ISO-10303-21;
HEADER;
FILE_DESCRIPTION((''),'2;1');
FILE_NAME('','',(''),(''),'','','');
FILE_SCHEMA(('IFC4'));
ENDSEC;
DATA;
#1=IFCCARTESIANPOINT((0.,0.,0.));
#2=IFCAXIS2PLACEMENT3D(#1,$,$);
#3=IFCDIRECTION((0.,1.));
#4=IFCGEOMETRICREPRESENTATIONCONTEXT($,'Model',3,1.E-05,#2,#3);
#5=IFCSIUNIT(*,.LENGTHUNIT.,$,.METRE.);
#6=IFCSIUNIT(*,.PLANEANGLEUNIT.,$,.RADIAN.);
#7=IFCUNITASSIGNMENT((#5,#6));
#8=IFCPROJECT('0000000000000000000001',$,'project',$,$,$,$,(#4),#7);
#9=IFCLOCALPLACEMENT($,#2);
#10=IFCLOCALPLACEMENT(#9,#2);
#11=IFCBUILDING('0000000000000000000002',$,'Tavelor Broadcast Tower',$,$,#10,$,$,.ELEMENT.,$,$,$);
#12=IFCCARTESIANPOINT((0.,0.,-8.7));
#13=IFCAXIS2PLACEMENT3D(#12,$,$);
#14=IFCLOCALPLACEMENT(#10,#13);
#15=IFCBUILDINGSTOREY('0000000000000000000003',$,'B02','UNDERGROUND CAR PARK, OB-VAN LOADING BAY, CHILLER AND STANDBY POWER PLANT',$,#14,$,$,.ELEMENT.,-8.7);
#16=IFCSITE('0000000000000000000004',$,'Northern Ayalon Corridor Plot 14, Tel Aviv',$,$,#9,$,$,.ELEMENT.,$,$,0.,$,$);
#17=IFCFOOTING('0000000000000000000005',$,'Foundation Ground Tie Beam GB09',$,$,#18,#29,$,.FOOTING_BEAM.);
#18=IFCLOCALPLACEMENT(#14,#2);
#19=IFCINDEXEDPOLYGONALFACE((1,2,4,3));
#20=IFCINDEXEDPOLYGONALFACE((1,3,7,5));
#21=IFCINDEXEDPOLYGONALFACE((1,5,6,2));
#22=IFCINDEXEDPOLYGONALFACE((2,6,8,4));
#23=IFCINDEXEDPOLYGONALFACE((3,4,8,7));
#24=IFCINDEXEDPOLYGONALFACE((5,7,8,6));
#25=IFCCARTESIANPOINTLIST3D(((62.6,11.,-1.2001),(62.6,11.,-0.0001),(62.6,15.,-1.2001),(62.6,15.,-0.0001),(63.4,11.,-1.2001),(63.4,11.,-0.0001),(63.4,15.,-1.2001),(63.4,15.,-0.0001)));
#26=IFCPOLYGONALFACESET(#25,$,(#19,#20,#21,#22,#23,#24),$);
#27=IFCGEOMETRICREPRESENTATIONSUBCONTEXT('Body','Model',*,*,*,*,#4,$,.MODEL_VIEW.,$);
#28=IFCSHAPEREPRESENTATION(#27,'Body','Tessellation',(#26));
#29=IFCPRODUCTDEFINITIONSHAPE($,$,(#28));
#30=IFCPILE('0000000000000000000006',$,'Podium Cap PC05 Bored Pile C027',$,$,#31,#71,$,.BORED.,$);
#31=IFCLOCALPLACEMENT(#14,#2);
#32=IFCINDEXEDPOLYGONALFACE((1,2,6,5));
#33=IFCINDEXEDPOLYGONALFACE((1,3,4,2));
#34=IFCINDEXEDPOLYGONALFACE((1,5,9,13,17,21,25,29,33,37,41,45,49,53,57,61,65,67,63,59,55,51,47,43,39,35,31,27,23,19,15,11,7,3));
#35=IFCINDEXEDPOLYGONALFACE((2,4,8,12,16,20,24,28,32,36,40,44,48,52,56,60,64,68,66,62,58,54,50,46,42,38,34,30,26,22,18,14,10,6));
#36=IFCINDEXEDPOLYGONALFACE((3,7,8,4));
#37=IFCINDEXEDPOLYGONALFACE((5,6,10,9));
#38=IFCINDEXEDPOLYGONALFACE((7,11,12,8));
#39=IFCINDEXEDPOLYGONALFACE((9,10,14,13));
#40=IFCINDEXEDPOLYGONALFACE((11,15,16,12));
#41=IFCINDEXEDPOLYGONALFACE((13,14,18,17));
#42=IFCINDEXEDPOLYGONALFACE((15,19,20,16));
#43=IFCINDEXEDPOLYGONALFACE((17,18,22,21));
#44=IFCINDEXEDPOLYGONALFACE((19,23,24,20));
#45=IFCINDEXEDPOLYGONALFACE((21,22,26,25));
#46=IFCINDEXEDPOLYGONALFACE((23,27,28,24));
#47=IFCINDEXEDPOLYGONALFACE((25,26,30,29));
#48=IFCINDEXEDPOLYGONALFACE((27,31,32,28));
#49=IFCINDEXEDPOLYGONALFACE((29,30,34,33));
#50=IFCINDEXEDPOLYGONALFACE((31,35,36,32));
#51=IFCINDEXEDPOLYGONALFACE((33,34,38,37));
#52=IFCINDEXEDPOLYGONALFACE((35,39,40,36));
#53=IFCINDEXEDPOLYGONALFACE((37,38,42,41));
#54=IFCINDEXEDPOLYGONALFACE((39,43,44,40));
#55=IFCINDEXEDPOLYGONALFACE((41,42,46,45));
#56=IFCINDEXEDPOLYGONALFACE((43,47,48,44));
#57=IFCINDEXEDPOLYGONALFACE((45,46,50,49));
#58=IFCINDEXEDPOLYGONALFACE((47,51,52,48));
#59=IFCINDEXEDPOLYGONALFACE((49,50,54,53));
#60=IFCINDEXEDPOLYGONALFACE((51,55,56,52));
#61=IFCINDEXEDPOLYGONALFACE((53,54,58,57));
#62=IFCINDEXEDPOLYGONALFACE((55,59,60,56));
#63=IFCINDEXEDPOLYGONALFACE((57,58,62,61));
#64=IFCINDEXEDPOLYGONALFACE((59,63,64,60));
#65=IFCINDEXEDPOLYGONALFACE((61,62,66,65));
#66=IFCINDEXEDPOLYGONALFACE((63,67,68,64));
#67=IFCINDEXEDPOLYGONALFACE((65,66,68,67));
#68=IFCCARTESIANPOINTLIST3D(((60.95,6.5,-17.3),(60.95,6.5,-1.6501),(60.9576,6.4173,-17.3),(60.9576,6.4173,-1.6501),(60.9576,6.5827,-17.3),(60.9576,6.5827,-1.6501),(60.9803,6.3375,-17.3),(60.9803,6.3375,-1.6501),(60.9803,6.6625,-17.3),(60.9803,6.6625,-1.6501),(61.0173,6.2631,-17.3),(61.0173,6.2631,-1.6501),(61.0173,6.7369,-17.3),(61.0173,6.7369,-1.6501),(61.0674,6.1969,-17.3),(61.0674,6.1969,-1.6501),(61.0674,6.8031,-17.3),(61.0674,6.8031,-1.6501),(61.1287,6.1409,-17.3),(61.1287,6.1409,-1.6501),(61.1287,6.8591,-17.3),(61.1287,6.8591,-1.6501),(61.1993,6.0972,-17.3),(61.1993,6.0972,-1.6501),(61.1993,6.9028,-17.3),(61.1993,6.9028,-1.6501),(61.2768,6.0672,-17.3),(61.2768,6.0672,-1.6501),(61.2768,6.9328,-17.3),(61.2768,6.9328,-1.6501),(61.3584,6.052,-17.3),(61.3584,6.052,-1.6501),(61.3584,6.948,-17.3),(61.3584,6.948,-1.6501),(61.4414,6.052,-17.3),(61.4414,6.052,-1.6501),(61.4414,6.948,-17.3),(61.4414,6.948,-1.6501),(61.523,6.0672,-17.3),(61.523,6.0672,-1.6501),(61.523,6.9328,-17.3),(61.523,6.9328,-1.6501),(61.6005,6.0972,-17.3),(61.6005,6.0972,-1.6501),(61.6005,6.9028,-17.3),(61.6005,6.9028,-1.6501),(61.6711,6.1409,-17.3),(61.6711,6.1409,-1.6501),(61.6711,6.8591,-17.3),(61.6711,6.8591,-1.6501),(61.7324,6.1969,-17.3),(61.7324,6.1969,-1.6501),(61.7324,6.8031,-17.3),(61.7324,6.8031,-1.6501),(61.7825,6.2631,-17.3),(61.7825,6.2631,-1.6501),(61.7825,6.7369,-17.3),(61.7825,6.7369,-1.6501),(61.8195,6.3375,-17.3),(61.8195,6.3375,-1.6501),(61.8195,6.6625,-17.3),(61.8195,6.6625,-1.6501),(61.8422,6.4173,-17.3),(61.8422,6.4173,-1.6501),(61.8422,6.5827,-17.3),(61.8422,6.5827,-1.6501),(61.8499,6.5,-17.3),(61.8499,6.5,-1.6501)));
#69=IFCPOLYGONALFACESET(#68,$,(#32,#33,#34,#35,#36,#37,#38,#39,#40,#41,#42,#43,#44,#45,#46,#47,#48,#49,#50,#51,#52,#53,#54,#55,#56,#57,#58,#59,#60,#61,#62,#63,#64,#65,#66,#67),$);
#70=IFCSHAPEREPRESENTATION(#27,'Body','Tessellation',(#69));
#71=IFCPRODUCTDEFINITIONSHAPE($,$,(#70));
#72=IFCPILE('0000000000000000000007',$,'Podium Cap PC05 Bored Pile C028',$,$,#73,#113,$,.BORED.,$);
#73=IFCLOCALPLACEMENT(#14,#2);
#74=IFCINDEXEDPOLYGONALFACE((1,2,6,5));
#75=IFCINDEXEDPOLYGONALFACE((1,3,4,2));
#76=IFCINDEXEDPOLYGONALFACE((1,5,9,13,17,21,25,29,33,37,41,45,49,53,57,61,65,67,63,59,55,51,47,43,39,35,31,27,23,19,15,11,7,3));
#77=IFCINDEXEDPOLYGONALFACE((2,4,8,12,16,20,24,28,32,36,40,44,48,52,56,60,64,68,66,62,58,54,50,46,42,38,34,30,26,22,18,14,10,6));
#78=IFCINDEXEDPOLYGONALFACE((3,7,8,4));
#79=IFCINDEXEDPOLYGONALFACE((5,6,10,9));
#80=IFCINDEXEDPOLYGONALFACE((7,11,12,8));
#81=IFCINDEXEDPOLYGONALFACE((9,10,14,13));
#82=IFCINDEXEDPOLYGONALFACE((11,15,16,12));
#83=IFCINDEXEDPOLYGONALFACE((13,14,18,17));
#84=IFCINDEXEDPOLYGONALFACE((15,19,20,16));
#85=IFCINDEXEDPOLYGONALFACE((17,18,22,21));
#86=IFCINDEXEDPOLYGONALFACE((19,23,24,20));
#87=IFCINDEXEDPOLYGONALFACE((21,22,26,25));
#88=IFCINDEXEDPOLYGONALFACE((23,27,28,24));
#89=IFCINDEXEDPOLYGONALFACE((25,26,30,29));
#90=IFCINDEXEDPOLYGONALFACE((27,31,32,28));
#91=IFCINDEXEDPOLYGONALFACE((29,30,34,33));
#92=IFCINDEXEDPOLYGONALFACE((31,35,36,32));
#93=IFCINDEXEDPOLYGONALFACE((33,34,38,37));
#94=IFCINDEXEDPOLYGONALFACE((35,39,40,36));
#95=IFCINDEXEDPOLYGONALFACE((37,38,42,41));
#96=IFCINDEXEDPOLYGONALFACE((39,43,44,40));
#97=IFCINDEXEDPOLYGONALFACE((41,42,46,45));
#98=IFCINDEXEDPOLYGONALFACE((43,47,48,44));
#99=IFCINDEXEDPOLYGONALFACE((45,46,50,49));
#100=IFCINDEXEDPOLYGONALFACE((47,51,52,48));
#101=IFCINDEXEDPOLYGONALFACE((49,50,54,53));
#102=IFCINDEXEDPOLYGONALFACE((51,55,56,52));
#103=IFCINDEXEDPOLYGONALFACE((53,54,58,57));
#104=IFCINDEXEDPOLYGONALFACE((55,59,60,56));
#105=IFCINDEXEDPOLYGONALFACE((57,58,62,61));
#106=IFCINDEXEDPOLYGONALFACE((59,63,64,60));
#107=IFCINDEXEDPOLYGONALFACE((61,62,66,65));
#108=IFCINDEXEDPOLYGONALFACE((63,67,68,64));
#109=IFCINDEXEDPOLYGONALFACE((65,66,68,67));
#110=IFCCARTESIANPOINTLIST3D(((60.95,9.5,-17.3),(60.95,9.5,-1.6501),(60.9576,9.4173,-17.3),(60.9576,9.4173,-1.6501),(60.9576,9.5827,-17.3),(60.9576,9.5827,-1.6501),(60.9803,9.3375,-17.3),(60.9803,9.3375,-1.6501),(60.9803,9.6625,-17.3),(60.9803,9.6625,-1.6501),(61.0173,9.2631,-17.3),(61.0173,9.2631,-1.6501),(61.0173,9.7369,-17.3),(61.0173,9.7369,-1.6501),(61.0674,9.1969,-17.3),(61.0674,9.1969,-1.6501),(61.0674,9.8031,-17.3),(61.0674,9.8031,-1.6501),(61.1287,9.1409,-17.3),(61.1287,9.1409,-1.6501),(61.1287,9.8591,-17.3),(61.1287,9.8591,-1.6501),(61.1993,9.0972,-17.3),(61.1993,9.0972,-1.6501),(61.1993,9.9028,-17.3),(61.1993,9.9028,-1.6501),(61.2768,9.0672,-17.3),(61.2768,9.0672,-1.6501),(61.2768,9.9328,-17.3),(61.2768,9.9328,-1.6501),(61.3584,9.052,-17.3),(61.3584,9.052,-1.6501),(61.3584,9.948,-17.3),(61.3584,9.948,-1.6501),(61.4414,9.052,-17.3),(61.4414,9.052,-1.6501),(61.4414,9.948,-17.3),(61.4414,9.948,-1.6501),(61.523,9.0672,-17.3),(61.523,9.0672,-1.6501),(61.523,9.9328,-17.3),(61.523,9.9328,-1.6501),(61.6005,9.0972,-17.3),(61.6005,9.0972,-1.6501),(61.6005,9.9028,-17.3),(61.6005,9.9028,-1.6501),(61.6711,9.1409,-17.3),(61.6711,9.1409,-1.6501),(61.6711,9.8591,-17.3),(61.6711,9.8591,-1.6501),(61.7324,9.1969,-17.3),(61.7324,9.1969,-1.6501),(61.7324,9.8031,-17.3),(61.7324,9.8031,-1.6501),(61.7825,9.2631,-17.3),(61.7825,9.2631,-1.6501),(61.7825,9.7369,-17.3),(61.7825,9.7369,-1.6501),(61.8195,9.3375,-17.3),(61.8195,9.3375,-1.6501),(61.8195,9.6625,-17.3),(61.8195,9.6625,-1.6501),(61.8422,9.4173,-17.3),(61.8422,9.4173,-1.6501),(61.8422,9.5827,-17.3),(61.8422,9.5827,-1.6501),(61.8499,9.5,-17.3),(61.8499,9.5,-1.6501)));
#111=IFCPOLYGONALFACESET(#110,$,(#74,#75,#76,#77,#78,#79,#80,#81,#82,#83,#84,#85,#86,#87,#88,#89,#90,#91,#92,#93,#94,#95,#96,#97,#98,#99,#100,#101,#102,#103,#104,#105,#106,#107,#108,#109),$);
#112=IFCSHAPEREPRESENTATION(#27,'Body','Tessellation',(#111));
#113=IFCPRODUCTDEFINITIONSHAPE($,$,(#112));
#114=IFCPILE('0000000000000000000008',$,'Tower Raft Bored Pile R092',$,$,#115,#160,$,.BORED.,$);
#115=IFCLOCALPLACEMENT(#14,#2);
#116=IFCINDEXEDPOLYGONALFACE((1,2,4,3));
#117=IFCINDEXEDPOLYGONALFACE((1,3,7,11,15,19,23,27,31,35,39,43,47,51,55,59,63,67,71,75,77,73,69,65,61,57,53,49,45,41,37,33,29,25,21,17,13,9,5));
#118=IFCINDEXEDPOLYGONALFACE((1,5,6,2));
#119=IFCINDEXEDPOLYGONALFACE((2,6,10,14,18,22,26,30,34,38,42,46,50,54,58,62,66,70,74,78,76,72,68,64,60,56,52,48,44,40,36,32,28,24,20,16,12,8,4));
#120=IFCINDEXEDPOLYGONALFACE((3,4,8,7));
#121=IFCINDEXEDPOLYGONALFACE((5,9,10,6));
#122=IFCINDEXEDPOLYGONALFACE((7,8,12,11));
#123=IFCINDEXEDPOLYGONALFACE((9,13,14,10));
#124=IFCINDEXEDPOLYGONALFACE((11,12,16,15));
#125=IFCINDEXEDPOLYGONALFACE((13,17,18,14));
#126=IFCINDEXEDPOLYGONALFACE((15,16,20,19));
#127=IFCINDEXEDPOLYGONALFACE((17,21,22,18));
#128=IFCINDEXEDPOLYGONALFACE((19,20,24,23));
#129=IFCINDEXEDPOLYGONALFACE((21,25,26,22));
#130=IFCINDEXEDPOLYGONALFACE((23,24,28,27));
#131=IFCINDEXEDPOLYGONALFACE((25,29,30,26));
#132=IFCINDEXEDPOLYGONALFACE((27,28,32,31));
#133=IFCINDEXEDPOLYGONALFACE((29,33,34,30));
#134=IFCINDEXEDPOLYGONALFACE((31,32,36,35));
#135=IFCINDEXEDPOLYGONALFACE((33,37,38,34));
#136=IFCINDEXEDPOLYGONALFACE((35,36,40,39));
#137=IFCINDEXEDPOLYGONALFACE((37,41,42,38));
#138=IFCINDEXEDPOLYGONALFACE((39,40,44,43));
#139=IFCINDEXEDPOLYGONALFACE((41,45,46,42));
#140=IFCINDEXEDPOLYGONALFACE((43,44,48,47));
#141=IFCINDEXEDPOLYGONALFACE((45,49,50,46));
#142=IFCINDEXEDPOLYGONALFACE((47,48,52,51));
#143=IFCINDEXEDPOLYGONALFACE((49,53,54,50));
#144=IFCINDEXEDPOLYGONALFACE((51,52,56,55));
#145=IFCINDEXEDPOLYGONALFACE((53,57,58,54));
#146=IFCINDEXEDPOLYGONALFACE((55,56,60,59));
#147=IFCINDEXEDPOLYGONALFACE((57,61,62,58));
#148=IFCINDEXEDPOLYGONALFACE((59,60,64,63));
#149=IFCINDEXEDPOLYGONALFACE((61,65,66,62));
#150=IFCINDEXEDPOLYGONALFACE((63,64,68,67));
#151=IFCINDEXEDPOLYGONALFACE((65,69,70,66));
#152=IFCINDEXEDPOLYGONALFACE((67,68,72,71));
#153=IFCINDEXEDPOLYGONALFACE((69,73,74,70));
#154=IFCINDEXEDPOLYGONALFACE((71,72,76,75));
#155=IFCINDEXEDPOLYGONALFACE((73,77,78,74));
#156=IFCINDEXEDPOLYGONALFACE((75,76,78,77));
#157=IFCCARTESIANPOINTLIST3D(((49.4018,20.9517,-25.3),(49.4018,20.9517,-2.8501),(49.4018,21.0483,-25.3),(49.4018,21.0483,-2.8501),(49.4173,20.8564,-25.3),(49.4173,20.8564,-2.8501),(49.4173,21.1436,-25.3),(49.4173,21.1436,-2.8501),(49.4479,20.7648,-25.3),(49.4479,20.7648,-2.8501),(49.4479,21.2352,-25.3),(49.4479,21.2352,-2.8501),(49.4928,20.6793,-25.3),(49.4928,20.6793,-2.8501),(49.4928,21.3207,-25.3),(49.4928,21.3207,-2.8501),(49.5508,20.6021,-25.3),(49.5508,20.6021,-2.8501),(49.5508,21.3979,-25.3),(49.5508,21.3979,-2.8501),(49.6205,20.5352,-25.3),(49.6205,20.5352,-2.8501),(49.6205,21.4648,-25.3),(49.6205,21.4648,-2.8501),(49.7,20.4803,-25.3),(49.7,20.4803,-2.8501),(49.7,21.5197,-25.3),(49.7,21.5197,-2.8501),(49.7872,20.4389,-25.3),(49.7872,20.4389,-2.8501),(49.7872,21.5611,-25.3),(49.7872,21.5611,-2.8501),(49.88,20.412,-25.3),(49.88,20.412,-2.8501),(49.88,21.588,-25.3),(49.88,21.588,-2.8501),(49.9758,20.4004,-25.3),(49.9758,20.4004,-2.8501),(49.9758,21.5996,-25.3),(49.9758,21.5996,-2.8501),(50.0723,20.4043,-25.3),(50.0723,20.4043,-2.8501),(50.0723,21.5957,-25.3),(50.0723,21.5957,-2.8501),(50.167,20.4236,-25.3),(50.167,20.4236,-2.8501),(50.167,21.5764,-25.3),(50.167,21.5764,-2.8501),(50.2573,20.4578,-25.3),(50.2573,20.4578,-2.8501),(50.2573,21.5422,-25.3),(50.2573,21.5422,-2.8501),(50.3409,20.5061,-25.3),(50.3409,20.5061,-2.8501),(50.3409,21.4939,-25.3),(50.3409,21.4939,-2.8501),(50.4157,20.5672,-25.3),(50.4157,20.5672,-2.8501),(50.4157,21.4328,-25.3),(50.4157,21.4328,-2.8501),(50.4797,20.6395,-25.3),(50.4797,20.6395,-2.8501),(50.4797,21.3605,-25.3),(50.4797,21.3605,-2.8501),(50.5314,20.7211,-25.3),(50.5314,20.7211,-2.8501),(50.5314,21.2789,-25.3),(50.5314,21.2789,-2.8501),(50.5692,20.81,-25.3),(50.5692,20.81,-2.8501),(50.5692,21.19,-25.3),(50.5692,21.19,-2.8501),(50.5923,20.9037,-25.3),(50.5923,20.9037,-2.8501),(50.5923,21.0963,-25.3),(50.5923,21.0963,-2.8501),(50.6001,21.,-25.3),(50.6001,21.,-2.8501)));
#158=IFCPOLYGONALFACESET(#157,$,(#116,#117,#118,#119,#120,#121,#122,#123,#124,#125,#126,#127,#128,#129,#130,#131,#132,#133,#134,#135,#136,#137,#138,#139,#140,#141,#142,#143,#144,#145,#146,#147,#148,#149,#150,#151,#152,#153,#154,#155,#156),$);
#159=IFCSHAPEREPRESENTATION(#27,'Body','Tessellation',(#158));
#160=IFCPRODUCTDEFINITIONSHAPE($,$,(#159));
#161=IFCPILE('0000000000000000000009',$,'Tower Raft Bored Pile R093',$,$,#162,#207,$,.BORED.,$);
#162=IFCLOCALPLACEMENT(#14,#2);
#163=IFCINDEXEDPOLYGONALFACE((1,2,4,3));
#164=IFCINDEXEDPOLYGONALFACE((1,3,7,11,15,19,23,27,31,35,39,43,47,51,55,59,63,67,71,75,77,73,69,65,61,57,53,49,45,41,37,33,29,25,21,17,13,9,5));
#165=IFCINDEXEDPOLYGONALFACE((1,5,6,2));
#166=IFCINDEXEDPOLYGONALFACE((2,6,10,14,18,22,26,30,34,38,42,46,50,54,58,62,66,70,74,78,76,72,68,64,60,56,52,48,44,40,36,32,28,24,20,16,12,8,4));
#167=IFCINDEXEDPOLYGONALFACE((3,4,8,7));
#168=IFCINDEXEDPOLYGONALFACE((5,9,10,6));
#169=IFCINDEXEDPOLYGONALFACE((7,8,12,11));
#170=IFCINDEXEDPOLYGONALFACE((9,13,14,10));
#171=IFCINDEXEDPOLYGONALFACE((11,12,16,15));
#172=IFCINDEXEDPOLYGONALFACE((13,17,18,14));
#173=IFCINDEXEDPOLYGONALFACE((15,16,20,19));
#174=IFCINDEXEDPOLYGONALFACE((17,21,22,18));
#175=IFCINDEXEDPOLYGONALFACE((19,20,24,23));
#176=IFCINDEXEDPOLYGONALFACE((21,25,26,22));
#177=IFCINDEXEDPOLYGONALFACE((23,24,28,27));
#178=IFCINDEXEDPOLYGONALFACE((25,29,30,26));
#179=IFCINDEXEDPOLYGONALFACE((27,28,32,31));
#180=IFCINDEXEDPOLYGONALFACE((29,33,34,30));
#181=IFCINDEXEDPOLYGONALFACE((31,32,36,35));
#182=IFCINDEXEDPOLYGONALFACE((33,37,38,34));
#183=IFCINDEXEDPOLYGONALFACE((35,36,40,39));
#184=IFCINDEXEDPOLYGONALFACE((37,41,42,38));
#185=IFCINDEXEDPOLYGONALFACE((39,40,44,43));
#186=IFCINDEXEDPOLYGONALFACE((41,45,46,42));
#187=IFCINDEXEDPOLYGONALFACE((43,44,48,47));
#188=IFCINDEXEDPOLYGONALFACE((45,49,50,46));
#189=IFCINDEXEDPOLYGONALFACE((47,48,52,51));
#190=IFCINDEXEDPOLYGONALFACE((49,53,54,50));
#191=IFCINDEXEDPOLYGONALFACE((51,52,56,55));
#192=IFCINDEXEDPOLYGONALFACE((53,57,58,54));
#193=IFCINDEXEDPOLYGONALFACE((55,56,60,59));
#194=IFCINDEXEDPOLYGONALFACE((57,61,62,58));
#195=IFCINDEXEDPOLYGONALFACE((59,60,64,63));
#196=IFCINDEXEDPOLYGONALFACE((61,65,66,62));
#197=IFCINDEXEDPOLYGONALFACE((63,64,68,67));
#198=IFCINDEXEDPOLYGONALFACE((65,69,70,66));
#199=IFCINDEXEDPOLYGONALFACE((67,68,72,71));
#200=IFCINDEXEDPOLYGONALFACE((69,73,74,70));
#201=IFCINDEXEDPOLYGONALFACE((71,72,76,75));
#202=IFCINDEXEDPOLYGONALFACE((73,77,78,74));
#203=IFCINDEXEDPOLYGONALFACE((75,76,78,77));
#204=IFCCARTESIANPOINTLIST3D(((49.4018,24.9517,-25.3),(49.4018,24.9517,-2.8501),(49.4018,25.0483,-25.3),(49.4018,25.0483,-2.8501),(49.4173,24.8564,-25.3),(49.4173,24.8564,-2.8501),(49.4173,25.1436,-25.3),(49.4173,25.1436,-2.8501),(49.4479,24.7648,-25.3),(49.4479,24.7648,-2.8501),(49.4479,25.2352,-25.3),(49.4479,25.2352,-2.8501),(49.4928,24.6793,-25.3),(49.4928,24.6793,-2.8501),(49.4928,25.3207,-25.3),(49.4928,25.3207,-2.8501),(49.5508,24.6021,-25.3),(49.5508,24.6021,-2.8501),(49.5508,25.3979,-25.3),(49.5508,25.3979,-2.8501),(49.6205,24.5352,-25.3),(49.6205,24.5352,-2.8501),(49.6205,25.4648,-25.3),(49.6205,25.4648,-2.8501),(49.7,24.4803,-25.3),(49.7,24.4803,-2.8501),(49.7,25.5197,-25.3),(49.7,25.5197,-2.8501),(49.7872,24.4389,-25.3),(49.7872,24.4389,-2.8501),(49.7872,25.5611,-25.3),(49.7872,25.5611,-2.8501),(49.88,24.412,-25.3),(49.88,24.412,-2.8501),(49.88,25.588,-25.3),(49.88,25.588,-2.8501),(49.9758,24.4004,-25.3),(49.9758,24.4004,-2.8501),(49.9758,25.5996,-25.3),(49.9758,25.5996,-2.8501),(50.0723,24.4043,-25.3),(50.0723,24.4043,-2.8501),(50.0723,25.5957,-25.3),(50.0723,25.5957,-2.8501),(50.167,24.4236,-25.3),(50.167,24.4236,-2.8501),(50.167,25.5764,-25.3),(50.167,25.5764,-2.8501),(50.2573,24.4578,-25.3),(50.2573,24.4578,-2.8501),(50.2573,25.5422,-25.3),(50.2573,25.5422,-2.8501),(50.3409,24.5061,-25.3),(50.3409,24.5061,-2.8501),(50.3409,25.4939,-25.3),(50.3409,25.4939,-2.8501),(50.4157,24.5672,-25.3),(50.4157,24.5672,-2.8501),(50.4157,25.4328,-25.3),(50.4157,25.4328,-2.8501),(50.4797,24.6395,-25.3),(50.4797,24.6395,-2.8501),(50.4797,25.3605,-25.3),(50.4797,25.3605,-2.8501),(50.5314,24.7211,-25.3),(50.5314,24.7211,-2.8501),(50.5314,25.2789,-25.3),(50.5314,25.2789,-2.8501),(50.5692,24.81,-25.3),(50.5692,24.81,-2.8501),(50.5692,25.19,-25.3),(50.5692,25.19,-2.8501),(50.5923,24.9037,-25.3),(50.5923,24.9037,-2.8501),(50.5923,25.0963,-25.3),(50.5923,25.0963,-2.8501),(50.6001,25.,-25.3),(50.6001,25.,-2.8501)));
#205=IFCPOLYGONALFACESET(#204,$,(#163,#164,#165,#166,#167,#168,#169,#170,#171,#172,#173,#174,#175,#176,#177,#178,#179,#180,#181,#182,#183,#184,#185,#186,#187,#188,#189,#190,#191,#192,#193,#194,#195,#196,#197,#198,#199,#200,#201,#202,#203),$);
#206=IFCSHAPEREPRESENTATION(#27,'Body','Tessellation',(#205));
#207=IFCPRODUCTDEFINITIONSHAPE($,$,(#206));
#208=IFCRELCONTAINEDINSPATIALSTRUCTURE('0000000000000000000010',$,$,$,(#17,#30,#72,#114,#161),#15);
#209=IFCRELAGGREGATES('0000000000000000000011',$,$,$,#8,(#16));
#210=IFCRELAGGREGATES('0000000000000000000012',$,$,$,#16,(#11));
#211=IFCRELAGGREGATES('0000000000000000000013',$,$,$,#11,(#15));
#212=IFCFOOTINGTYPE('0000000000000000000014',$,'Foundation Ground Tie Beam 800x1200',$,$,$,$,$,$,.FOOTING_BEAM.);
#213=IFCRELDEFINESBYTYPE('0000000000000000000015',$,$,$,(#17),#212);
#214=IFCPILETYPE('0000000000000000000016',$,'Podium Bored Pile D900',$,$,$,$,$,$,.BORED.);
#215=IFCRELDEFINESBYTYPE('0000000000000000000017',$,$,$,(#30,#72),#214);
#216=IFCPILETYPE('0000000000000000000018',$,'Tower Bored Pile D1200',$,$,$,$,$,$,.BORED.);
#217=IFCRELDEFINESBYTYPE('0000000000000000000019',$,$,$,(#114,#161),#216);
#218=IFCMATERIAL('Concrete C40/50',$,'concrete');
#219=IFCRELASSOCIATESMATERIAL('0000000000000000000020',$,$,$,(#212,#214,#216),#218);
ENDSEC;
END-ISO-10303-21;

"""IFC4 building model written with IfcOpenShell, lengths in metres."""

from ifc_helpers import new_model, si_unit, direction, frame, origin, origin_2d, place, context, subcontext, project, spatial, rectangle, circle, extrude, material, material_profile, profile_set, type_object, element, save


model = new_model("IFC4")

# Units and contexts
model_context = context("Model", 3, precision=1e-05, world=origin(), true_north=direction((0.0, 1.0)))
body_context = subcontext(model_context, "Body", "Model", "MODEL_VIEW")
ifc_project = project(units=[si_unit("LENGTHUNIT", "METRE"), si_unit("PLANEANGLEUNIT", "RADIAN")], contexts=[model_context])

# Site, building, storey
site_placement = place(None, origin())
site = spatial("IfcSite", under=ifc_project, at=site_placement, Name="Northern Ayalon Corridor Plot 14, Tel Aviv", CompositionType="ELEMENT", RefElevation=0.0)
building_placement = place(site_placement, origin())
building = spatial("IfcBuilding", under=site, at=building_placement, Name="Tavelor Broadcast Tower", CompositionType="ELEMENT")
storey_placement = place(building_placement, frame((0.0, 0.0, -8.7)))
storey = spatial("IfcBuildingStorey", under=building, at=storey_placement, Name="B02", Description="UNDERGROUND CAR PARK, OB-VAN LOADING BAY, CHILLER AND STANDBY POWER PLANT", CompositionType="ELEMENT", Elevation=-8.7)

# Footing
ifc_material_1 = material(Name="Concrete C40/50", Category="concrete")
ifc_material_profile_1 = material_profile(ifc_material_1, rectangle(XDim=0.8, YDim=1.2, at=origin_2d()), Name="RC 800x1200")
ifc_profile_set_1 = profile_set([ifc_material_profile_1], Name="Concrete C40/50")
footing_type = type_object("IfcFootingType", Name="Foundation Ground Tie Beam 800x1200", PredefinedType="FOOTING_BEAM", material=ifc_profile_set_1)
footing_placement = place(storey_placement, frame((63.0, 11.0, -0.6001), z_axis=(0.0, 1.0, 0.0), x_axis=(-1.0, 0.0, 0.0)))
element("IfcFooting", 1, at=footing_placement, inside=storey, type_object=footing_type, Name="Foundation Ground Tie Beam GB09", PredefinedType="FOOTING_BEAM", context=body_context, shape_type="SweptSolid", body=[
    extrude(rectangle(XDim=0.8, YDim=1.2, at=origin_2d()), origin(), (0.0, 0.0, 1.0), 4.0),
])

# Piles
ifc_material_profile_2 = material_profile(ifc_material_1, circle(Radius=0.45, at=origin_2d()), Name="PILE D900")
ifc_profile_set_2 = profile_set([ifc_material_profile_2], Name="Concrete C40/50")
pile_type_1 = type_object("IfcPileType", Name="Podium Bored Pile D900", PredefinedType="BORED", material=ifc_profile_set_2)
for number, where, z_axis, x_axis, name in (
    (2, (61.3999, 6.5, -1.6501), (0.0, 0.0, -1.0), (1.0, 0.0, 0.0), "Podium Cap PC05 Bored Pile C027"),
    (3, (61.3999, 9.5, -1.6501), (0.0, 0.0, -1.0), (1.0, 0.0, 0.0), "Podium Cap PC05 Bored Pile C028"),
):
    element("IfcPile", number, at=place(storey_placement, frame(where, z_axis=z_axis, x_axis=x_axis)), inside=storey, type_object=pile_type_1, Name=name, PredefinedType="BORED", context=body_context, shape_type="SweptSolid", body=[
        extrude(circle(Radius=0.45, at=origin_2d()), origin(), (0.0, 0.0, 1.0), 15.6499),
    ])
ifc_material_profile_3 = material_profile(ifc_material_1, circle(Radius=0.6001, at=origin_2d()), Name="PILE D1200")
ifc_profile_set_3 = profile_set([ifc_material_profile_3], Name="Concrete C40/50")
pile_type_2 = type_object("IfcPileType", Name="Tower Bored Pile D1200", PredefinedType="BORED", material=ifc_profile_set_3)
for number, where, z_axis, x_axis, name in (
    (4, (50.0, 21.0, -2.8501), (0.0, 0.0, -1.0), (1.0, 0.0, 0.0), "Tower Raft Bored Pile R092"),
    (5, (50.0, 25.0, -2.8501), (0.0, 0.0, -1.0), (1.0, 0.0, 0.0), "Tower Raft Bored Pile R093"),
):
    element("IfcPile", number, at=place(storey_placement, frame(where, z_axis=z_axis, x_axis=x_axis)), inside=storey, type_object=pile_type_2, Name=name, PredefinedType="BORED", context=body_context, shape_type="SweptSolid", body=[
        extrude(circle(Radius=0.6001, at=origin_2d()), origin(), (0.0, 0.0, 1.0), 22.45),
    ])

save(model, "model.ifc")
